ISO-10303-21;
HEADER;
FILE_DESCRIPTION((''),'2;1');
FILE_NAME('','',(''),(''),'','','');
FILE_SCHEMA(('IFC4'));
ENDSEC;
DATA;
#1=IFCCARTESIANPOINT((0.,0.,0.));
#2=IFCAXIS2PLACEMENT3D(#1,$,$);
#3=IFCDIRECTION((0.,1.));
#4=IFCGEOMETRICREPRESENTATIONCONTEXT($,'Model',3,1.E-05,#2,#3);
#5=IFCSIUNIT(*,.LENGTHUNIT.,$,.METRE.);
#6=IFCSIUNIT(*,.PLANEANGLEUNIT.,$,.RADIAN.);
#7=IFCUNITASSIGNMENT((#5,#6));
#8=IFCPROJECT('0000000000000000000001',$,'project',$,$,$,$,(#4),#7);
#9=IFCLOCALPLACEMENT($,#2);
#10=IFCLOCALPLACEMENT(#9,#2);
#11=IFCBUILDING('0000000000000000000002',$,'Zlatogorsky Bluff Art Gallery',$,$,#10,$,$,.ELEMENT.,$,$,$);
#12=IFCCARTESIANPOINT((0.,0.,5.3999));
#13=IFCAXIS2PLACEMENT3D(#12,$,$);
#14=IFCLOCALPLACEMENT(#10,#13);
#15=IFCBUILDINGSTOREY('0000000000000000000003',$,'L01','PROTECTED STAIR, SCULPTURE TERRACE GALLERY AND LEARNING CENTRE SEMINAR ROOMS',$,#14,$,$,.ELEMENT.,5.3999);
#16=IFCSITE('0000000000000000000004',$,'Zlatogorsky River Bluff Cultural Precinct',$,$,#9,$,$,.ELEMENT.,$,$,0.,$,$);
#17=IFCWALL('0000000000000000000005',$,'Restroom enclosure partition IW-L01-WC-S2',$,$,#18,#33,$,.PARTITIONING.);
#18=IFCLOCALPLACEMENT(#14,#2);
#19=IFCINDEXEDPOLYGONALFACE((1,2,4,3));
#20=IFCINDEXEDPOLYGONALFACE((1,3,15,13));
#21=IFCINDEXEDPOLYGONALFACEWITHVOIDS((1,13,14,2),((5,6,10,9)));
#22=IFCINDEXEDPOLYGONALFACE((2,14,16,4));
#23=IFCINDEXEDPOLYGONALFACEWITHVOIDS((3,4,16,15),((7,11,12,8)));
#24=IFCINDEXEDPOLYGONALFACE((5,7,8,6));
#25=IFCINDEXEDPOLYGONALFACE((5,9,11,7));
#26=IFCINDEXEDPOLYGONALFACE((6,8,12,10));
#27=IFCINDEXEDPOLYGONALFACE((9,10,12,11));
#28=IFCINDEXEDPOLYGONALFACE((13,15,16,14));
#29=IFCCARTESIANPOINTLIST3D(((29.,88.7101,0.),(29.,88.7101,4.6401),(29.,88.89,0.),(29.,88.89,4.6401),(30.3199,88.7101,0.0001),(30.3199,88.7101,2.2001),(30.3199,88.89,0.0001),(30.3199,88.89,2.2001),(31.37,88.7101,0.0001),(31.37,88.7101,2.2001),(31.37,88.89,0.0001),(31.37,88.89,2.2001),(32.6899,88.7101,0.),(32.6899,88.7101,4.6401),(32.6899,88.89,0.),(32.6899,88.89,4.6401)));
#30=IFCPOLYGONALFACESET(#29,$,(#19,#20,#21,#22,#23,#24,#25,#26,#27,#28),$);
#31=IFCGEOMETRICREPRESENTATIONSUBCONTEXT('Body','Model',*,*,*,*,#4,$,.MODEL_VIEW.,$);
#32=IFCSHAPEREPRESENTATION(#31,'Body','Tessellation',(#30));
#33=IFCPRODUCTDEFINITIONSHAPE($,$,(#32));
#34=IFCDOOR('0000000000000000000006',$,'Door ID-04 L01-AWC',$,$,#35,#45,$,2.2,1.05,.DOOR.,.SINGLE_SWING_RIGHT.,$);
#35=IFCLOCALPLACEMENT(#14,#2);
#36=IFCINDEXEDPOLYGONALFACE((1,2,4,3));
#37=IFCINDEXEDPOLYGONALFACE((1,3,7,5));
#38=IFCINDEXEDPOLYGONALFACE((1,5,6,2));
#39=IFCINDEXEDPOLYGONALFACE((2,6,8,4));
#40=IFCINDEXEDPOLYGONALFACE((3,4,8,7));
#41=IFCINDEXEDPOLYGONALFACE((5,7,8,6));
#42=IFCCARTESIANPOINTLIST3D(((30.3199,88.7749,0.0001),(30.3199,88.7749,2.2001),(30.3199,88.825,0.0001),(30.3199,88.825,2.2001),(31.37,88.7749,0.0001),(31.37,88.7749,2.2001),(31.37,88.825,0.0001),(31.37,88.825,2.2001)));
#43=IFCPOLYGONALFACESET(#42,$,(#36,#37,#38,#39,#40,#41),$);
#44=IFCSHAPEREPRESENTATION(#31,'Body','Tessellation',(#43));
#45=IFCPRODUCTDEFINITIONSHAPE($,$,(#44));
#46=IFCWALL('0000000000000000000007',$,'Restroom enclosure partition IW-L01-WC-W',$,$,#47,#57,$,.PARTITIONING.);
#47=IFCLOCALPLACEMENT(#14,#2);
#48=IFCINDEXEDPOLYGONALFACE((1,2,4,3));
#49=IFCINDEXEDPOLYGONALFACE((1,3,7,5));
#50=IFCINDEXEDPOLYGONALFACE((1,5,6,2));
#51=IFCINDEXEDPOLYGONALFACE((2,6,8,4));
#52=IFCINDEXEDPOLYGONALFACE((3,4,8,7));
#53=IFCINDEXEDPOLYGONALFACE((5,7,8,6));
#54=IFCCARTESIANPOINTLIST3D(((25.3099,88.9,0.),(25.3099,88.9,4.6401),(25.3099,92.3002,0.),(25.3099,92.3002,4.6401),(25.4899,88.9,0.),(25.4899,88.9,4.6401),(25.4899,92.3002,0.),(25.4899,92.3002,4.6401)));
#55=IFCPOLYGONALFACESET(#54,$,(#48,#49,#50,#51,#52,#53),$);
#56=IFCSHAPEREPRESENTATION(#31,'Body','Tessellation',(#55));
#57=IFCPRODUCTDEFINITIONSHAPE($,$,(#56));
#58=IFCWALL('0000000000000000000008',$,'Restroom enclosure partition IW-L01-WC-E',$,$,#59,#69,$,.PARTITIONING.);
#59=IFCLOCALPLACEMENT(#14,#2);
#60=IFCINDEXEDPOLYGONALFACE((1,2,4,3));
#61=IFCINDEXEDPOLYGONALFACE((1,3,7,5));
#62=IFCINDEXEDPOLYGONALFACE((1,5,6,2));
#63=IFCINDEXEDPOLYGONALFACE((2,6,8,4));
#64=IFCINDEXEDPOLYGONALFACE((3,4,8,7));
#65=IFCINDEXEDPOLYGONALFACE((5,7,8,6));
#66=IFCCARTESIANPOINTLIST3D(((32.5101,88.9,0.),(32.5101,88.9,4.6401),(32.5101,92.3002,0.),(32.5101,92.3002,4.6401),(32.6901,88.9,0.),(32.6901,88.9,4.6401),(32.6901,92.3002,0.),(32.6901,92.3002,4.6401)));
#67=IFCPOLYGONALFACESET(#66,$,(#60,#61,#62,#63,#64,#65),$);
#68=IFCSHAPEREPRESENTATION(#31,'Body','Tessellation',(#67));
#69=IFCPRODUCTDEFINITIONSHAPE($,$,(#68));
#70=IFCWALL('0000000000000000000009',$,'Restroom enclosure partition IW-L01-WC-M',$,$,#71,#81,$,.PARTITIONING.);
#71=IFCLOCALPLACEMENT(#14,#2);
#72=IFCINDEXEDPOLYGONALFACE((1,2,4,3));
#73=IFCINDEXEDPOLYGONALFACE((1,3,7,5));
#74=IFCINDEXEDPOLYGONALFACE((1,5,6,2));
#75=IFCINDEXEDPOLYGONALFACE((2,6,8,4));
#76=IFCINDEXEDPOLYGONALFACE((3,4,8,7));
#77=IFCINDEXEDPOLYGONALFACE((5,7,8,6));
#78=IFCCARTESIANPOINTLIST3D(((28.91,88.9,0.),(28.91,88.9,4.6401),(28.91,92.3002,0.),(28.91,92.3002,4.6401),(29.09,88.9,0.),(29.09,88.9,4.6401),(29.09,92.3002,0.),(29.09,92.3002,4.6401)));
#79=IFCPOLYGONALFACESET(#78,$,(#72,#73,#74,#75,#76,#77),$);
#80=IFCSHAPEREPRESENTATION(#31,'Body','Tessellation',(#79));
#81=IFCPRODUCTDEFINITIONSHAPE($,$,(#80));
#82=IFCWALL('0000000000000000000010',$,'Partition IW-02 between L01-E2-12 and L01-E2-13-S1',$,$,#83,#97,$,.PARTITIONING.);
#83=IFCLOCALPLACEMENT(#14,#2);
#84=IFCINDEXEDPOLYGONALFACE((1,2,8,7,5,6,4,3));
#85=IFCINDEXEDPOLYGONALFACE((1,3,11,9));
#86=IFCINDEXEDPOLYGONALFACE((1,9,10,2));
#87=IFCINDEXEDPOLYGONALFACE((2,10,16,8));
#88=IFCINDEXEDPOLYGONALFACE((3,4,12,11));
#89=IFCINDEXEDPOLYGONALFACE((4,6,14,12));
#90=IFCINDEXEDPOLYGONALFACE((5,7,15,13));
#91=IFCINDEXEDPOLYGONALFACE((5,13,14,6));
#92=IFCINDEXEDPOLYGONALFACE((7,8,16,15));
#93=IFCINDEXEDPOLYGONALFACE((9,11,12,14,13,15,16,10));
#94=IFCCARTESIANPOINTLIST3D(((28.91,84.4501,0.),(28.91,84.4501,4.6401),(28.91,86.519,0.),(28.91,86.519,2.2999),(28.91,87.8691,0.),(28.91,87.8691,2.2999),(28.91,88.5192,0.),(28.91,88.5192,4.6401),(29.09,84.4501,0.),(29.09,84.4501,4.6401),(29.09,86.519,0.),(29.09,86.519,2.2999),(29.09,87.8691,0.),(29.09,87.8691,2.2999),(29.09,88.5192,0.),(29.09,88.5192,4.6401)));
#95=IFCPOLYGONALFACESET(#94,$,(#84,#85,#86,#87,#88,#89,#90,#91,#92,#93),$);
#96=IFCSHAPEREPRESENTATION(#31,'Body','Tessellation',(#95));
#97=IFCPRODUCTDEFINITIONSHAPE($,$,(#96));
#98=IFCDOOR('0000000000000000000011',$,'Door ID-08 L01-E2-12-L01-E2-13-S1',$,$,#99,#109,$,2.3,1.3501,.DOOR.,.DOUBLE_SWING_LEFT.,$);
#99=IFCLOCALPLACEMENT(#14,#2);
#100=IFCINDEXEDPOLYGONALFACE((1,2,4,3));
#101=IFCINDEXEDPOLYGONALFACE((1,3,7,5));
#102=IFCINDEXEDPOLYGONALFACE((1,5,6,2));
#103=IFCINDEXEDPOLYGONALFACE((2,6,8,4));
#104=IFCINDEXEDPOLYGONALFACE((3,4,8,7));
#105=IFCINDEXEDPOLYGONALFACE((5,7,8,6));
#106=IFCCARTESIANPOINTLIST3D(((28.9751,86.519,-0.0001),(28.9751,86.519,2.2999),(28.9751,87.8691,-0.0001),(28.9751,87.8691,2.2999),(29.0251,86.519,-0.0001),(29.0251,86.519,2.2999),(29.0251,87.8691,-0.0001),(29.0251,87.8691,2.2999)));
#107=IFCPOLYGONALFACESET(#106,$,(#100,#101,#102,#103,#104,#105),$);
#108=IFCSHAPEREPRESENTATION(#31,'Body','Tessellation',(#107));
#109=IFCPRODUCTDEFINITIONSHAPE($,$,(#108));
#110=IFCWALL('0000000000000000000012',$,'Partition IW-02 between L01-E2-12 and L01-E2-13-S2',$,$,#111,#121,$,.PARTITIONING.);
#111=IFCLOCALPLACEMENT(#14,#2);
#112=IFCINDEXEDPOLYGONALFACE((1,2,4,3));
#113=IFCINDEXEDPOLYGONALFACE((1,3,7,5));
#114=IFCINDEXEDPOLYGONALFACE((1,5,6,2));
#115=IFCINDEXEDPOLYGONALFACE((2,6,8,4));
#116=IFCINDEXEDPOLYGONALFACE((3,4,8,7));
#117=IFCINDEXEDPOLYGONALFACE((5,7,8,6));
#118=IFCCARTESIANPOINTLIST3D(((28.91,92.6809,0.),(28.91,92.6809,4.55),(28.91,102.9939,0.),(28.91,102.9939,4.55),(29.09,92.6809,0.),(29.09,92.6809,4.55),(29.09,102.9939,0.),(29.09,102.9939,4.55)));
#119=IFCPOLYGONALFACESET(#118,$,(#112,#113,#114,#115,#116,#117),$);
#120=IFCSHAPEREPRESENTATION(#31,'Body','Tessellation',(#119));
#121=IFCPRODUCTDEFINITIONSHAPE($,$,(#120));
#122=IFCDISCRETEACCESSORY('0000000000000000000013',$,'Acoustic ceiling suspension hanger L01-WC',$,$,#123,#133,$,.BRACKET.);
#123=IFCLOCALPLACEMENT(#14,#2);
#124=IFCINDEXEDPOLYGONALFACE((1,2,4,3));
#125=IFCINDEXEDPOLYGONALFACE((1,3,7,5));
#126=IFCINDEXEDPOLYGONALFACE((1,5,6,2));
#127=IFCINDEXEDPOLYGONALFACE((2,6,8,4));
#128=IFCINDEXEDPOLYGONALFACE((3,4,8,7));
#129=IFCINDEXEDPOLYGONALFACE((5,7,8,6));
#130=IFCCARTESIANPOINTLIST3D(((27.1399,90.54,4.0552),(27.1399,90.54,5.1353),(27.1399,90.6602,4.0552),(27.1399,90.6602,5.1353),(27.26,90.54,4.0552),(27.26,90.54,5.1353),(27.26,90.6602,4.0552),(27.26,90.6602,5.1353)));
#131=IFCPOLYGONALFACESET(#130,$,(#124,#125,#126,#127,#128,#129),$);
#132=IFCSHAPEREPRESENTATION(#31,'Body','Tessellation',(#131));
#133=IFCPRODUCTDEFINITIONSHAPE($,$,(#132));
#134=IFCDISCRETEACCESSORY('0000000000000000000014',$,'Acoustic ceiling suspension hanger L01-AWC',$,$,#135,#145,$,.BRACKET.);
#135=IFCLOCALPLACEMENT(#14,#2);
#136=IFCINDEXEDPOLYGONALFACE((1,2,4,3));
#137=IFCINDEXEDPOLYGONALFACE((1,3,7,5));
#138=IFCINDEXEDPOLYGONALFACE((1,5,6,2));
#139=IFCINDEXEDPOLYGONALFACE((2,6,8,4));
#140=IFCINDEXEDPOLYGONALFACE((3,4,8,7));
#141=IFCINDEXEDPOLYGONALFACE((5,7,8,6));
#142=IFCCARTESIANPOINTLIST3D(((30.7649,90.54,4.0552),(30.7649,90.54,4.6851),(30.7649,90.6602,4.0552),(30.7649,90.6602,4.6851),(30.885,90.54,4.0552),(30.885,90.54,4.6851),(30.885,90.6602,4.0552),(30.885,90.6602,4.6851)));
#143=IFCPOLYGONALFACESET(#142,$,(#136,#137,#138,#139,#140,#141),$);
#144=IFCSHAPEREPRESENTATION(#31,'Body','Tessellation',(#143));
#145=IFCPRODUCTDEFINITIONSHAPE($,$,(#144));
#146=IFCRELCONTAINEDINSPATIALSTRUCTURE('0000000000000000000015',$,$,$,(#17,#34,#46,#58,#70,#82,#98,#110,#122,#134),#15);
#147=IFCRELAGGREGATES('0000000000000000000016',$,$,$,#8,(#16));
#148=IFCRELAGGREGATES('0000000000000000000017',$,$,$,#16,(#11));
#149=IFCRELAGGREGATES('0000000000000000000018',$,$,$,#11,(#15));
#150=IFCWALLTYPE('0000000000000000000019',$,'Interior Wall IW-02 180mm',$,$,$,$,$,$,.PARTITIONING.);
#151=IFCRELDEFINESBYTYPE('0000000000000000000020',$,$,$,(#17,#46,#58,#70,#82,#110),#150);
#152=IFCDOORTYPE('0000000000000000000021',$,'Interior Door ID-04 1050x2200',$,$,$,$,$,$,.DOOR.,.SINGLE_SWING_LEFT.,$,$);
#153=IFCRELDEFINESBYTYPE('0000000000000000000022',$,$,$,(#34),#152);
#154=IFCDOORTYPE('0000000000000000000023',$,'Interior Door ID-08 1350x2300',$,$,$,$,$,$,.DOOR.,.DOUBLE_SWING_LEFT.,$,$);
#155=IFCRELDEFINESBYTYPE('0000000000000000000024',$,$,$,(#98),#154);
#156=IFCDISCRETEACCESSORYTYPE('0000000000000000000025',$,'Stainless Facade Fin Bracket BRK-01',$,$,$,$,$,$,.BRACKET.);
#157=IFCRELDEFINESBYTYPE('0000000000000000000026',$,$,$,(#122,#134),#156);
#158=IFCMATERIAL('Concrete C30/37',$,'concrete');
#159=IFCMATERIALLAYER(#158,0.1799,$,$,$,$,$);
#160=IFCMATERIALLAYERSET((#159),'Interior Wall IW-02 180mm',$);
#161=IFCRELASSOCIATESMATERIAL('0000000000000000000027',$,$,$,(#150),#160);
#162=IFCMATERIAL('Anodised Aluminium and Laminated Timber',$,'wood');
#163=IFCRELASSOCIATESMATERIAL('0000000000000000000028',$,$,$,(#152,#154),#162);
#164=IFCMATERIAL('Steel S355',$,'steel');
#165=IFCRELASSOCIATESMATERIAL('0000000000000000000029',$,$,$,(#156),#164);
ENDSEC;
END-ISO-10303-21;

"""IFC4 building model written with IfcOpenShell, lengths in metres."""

from ifc_helpers import new_model, si_unit, direction, frame, frame_2d, origin, origin_2d, place, context, subcontext, project, spatial, rectangle, extrude, material, layer, layer_set, type_object, element, fill, save


model = new_model("IFC4")

# Units and contexts
model_context = context("Model", 3, precision=1e-05, world=origin(), true_north=direction((0.0, 1.0)))
body_context = subcontext(model_context, "Body", "Model", "MODEL_VIEW")
ifc_project = project(units=[si_unit("LENGTHUNIT", "METRE"), si_unit("PLANEANGLEUNIT", "RADIAN")], contexts=[model_context])

# Site, building, storey
site_placement = place(None, origin())
site = spatial("IfcSite", under=ifc_project, at=site_placement, Name="Zlatogorsky River Bluff Cultural Precinct", CompositionType="ELEMENT", RefElevation=0.0)
building_placement = place(site_placement, origin())
building = spatial("IfcBuilding", under=site, at=building_placement, Name="Zlatogorsky Bluff Art Gallery", CompositionType="ELEMENT")
storey_placement = place(building_placement, frame((0.0, 0.0, 5.3999)))
storey = spatial("IfcBuildingStorey", under=building, at=storey_placement, Name="L01", Description="PROTECTED STAIR, SCULPTURE TERRACE GALLERY AND LEARNING CENTRE SEMINAR ROOMS", CompositionType="ELEMENT", Elevation=5.3999)

# Shared definitions
ifc_material_1 = material(Name="Steel S355", Category="steel")

# Shared definitions
ifc_material_2 = material(Name="Concrete C30/37", Category="concrete")
ifc_layer_1 = layer(ifc_material_2, 0.1799)
ifc_layer_set_1 = layer_set([ifc_layer_1], Name="Interior Wall IW-02 180mm")
wall_type = type_object("IfcWallType", Name="Interior Wall IW-02 180mm", PredefinedType="PARTITIONING", material=ifc_layer_set_1)

# Wall, opening, door
ifc_material_3 = material(Name="Anodised Aluminium and Laminated Timber", Category="wood")
wall_1_placement = place(storey_placement, frame((29.0, 88.8, 0.0), z_axis=(0.0, 0.0, 1.0), x_axis=(1.0, 0.0, 0.0)))
wall_1 = element("IfcWall", 1, at=wall_1_placement, inside=storey, type_object=wall_type, Name="Restroom enclosure partition IW-L01-WC-S2", PredefinedType="PARTITIONING", context=body_context, shape_type="SweptSolid", body=[
    extrude(rectangle(XDim=3.6899, YDim=0.1799, at=frame_2d((1.845, 0.0))), origin(), (0.0, 0.0, 1.0), 4.6401),
])
opening_1_placement = place(wall_1_placement, frame((1.3201, 0.0, 0.0)))
opening_1 = element("IfcOpeningElement", 2, at=opening_1_placement, cuts=wall_1, PredefinedType="OPENING", context=body_context, shape_type="SweptSolid", body=[
    extrude(rectangle(XDim=1.05, YDim=2.2, at=frame_2d((0.5249, 1.1001))), frame((0.0, 0.0999, 0.0), z_axis=(0.0, -1.0, 0.0), x_axis=(1.0, 0.0, 0.0)), (0.0, 0.0, 1.0), 0.2),
])
door_type_1 = type_object("IfcDoorType", Name="Interior Door ID-04 1050x2200", OperationType="SINGLE_SWING_LEFT", PredefinedType="DOOR", material=ifc_material_3)
door_1_placement = place(opening_1_placement, origin())
door_1 = element("IfcDoor", 3, at=door_1_placement, inside=storey, type_object=door_type_1, Name="Door ID-04 L01-AWC", OperationType="SINGLE_SWING_RIGHT", OverallHeight=2.2, OverallWidth=1.05, PredefinedType="DOOR", context=body_context, shape_type="SweptSolid", body=[
    extrude(rectangle(XDim=1.05, YDim=2.2, at=frame_2d((0.5249, 1.1001))), frame((0.0, 0.0249, 0.0), z_axis=(0.0, -1.0, 0.0), x_axis=(1.0, 0.0, 0.0)), (0.0, 0.0, 1.0), 0.05),
])
fill(opening_1, door_1)

# Walls
for number, where, z_axis, x_axis, name in (
    (4, (25.3999, 88.8999, 0.0), (0.0, 0.0, 1.0), (0.0, 1.0, 0.0), "Restroom enclosure partition IW-L01-WC-W"),
    (5, (32.6001, 88.8999, 0.0), (0.0, 0.0, 1.0), (0.0, 1.0, 0.0), "Restroom enclosure partition IW-L01-WC-E"),
    (6, (29.0, 88.8999, 0.0), (0.0, 0.0, 1.0), (0.0, 1.0, 0.0), "Restroom enclosure partition IW-L01-WC-M"),
):
    element("IfcWall", number, at=place(storey_placement, frame(where, z_axis=z_axis, x_axis=x_axis)), inside=storey, type_object=wall_type, Name=name, PredefinedType="PARTITIONING", context=body_context, shape_type="SweptSolid", body=[
        extrude(rectangle(XDim=3.4001, YDim=0.1799, at=frame_2d((1.7002, 0.0))), origin(), (0.0, 0.0, 1.0), 4.6401),
    ])

# Wall, opening, door
wall_2_placement = place(storey_placement, frame((29.0, 84.45, 0.0), z_axis=(0.0, 0.0, 1.0), x_axis=(0.0, 1.0, 0.0)))
wall_2 = element("IfcWall", 7, at=wall_2_placement, inside=storey, type_object=wall_type, Name="Partition IW-02 between L01-E2-12 and L01-E2-13-S1", PredefinedType="PARTITIONING", context=body_context, shape_type="SweptSolid", body=[
    extrude(rectangle(XDim=4.0691, YDim=0.1799, at=frame_2d((2.0347, 0.0))), origin(), (0.0, 0.0, 1.0), 4.6401),
])
opening_2_placement = place(wall_2_placement, frame((2.0691, 0.0, 0.0)))
opening_2 = element("IfcOpeningElement", 8, at=opening_2_placement, cuts=wall_2, PredefinedType="OPENING", context=body_context, shape_type="SweptSolid", body=[
    extrude(rectangle(XDim=1.3501, YDim=2.3, at=frame_2d((0.675, 1.1499))), frame((0.0, 0.0999, 0.0), z_axis=(0.0, -1.0, 0.0), x_axis=(1.0, 0.0, 0.0)), (0.0, 0.0, 1.0), 0.2),
])
door_type_2 = type_object("IfcDoorType", Name="Interior Door ID-08 1350x2300", OperationType="DOUBLE_SWING_LEFT", PredefinedType="DOOR", material=ifc_material_3)
door_2_placement = place(opening_2_placement, origin())
door_2 = element("IfcDoor", 9, at=door_2_placement, inside=storey, type_object=door_type_2, Name="Door ID-08 L01-E2-12-L01-E2-13-S1", OperationType="DOUBLE_SWING_LEFT", OverallHeight=2.3, OverallWidth=1.3501, PredefinedType="DOOR", context=body_context, shape_type="SweptSolid", body=[
    extrude(rectangle(XDim=1.3501, YDim=2.3, at=frame_2d((0.675, 1.1499))), frame((0.0, 0.0249, 0.0), z_axis=(0.0, -1.0, 0.0), x_axis=(1.0, 0.0, 0.0)), (0.0, 0.0, 1.0), 0.05),
])
fill(opening_2, door_2)

# Wall
wall_3_placement = place(storey_placement, frame((29.0, 92.6809, 0.0), z_axis=(0.0, 0.0, 1.0), x_axis=(0.0, 1.0, 0.0)))
element("IfcWall", 10, at=wall_3_placement, inside=storey, type_object=wall_type, Name="Partition IW-02 between L01-E2-12 and L01-E2-13-S2", PredefinedType="PARTITIONING", context=body_context, shape_type="SweptSolid", body=[
    extrude(rectangle(XDim=10.313, YDim=0.1799, at=frame_2d((5.1565, 0.0))), origin(), (0.0, 0.0, 1.0), 4.55),
])

# Discrete accessories
discrete_accessory_type = type_object("IfcDiscreteAccessoryType", Name="Stainless Facade Fin Bracket BRK-01", PredefinedType="BRACKET", material=ifc_material_1)
discrete_accessory_1_placement = place(storey_placement, frame((27.2, 90.6001, 4.0552), z_axis=(0.0, 0.0, 1.0), x_axis=(1.0, 0.0, 0.0)))
element("IfcDiscreteAccessory", 11, at=discrete_accessory_1_placement, inside=storey, type_object=discrete_accessory_type, Name="Acoustic ceiling suspension hanger L01-WC", PredefinedType="BRACKET", context=body_context, shape_type="SweptSolid", body=[
    extrude(rectangle(XDim=0.1201, YDim=0.1201, at=origin_2d()), origin(), (0.0, 0.0, 1.0), 1.0801),
])
discrete_accessory_2_placement = place(storey_placement, frame((30.825, 90.6001, 4.0552), z_axis=(0.0, 0.0, 1.0), x_axis=(1.0, 0.0, 0.0)))
element("IfcDiscreteAccessory", 12, at=discrete_accessory_2_placement, inside=storey, type_object=discrete_accessory_type, Name="Acoustic ceiling suspension hanger L01-AWC", PredefinedType="BRACKET", context=body_context, shape_type="SweptSolid", body=[
    extrude(rectangle(XDim=0.1201, YDim=0.1201, at=origin_2d()), origin(), (0.0, 0.0, 1.0), 0.6299),
])

save(model, "model.ifc")
